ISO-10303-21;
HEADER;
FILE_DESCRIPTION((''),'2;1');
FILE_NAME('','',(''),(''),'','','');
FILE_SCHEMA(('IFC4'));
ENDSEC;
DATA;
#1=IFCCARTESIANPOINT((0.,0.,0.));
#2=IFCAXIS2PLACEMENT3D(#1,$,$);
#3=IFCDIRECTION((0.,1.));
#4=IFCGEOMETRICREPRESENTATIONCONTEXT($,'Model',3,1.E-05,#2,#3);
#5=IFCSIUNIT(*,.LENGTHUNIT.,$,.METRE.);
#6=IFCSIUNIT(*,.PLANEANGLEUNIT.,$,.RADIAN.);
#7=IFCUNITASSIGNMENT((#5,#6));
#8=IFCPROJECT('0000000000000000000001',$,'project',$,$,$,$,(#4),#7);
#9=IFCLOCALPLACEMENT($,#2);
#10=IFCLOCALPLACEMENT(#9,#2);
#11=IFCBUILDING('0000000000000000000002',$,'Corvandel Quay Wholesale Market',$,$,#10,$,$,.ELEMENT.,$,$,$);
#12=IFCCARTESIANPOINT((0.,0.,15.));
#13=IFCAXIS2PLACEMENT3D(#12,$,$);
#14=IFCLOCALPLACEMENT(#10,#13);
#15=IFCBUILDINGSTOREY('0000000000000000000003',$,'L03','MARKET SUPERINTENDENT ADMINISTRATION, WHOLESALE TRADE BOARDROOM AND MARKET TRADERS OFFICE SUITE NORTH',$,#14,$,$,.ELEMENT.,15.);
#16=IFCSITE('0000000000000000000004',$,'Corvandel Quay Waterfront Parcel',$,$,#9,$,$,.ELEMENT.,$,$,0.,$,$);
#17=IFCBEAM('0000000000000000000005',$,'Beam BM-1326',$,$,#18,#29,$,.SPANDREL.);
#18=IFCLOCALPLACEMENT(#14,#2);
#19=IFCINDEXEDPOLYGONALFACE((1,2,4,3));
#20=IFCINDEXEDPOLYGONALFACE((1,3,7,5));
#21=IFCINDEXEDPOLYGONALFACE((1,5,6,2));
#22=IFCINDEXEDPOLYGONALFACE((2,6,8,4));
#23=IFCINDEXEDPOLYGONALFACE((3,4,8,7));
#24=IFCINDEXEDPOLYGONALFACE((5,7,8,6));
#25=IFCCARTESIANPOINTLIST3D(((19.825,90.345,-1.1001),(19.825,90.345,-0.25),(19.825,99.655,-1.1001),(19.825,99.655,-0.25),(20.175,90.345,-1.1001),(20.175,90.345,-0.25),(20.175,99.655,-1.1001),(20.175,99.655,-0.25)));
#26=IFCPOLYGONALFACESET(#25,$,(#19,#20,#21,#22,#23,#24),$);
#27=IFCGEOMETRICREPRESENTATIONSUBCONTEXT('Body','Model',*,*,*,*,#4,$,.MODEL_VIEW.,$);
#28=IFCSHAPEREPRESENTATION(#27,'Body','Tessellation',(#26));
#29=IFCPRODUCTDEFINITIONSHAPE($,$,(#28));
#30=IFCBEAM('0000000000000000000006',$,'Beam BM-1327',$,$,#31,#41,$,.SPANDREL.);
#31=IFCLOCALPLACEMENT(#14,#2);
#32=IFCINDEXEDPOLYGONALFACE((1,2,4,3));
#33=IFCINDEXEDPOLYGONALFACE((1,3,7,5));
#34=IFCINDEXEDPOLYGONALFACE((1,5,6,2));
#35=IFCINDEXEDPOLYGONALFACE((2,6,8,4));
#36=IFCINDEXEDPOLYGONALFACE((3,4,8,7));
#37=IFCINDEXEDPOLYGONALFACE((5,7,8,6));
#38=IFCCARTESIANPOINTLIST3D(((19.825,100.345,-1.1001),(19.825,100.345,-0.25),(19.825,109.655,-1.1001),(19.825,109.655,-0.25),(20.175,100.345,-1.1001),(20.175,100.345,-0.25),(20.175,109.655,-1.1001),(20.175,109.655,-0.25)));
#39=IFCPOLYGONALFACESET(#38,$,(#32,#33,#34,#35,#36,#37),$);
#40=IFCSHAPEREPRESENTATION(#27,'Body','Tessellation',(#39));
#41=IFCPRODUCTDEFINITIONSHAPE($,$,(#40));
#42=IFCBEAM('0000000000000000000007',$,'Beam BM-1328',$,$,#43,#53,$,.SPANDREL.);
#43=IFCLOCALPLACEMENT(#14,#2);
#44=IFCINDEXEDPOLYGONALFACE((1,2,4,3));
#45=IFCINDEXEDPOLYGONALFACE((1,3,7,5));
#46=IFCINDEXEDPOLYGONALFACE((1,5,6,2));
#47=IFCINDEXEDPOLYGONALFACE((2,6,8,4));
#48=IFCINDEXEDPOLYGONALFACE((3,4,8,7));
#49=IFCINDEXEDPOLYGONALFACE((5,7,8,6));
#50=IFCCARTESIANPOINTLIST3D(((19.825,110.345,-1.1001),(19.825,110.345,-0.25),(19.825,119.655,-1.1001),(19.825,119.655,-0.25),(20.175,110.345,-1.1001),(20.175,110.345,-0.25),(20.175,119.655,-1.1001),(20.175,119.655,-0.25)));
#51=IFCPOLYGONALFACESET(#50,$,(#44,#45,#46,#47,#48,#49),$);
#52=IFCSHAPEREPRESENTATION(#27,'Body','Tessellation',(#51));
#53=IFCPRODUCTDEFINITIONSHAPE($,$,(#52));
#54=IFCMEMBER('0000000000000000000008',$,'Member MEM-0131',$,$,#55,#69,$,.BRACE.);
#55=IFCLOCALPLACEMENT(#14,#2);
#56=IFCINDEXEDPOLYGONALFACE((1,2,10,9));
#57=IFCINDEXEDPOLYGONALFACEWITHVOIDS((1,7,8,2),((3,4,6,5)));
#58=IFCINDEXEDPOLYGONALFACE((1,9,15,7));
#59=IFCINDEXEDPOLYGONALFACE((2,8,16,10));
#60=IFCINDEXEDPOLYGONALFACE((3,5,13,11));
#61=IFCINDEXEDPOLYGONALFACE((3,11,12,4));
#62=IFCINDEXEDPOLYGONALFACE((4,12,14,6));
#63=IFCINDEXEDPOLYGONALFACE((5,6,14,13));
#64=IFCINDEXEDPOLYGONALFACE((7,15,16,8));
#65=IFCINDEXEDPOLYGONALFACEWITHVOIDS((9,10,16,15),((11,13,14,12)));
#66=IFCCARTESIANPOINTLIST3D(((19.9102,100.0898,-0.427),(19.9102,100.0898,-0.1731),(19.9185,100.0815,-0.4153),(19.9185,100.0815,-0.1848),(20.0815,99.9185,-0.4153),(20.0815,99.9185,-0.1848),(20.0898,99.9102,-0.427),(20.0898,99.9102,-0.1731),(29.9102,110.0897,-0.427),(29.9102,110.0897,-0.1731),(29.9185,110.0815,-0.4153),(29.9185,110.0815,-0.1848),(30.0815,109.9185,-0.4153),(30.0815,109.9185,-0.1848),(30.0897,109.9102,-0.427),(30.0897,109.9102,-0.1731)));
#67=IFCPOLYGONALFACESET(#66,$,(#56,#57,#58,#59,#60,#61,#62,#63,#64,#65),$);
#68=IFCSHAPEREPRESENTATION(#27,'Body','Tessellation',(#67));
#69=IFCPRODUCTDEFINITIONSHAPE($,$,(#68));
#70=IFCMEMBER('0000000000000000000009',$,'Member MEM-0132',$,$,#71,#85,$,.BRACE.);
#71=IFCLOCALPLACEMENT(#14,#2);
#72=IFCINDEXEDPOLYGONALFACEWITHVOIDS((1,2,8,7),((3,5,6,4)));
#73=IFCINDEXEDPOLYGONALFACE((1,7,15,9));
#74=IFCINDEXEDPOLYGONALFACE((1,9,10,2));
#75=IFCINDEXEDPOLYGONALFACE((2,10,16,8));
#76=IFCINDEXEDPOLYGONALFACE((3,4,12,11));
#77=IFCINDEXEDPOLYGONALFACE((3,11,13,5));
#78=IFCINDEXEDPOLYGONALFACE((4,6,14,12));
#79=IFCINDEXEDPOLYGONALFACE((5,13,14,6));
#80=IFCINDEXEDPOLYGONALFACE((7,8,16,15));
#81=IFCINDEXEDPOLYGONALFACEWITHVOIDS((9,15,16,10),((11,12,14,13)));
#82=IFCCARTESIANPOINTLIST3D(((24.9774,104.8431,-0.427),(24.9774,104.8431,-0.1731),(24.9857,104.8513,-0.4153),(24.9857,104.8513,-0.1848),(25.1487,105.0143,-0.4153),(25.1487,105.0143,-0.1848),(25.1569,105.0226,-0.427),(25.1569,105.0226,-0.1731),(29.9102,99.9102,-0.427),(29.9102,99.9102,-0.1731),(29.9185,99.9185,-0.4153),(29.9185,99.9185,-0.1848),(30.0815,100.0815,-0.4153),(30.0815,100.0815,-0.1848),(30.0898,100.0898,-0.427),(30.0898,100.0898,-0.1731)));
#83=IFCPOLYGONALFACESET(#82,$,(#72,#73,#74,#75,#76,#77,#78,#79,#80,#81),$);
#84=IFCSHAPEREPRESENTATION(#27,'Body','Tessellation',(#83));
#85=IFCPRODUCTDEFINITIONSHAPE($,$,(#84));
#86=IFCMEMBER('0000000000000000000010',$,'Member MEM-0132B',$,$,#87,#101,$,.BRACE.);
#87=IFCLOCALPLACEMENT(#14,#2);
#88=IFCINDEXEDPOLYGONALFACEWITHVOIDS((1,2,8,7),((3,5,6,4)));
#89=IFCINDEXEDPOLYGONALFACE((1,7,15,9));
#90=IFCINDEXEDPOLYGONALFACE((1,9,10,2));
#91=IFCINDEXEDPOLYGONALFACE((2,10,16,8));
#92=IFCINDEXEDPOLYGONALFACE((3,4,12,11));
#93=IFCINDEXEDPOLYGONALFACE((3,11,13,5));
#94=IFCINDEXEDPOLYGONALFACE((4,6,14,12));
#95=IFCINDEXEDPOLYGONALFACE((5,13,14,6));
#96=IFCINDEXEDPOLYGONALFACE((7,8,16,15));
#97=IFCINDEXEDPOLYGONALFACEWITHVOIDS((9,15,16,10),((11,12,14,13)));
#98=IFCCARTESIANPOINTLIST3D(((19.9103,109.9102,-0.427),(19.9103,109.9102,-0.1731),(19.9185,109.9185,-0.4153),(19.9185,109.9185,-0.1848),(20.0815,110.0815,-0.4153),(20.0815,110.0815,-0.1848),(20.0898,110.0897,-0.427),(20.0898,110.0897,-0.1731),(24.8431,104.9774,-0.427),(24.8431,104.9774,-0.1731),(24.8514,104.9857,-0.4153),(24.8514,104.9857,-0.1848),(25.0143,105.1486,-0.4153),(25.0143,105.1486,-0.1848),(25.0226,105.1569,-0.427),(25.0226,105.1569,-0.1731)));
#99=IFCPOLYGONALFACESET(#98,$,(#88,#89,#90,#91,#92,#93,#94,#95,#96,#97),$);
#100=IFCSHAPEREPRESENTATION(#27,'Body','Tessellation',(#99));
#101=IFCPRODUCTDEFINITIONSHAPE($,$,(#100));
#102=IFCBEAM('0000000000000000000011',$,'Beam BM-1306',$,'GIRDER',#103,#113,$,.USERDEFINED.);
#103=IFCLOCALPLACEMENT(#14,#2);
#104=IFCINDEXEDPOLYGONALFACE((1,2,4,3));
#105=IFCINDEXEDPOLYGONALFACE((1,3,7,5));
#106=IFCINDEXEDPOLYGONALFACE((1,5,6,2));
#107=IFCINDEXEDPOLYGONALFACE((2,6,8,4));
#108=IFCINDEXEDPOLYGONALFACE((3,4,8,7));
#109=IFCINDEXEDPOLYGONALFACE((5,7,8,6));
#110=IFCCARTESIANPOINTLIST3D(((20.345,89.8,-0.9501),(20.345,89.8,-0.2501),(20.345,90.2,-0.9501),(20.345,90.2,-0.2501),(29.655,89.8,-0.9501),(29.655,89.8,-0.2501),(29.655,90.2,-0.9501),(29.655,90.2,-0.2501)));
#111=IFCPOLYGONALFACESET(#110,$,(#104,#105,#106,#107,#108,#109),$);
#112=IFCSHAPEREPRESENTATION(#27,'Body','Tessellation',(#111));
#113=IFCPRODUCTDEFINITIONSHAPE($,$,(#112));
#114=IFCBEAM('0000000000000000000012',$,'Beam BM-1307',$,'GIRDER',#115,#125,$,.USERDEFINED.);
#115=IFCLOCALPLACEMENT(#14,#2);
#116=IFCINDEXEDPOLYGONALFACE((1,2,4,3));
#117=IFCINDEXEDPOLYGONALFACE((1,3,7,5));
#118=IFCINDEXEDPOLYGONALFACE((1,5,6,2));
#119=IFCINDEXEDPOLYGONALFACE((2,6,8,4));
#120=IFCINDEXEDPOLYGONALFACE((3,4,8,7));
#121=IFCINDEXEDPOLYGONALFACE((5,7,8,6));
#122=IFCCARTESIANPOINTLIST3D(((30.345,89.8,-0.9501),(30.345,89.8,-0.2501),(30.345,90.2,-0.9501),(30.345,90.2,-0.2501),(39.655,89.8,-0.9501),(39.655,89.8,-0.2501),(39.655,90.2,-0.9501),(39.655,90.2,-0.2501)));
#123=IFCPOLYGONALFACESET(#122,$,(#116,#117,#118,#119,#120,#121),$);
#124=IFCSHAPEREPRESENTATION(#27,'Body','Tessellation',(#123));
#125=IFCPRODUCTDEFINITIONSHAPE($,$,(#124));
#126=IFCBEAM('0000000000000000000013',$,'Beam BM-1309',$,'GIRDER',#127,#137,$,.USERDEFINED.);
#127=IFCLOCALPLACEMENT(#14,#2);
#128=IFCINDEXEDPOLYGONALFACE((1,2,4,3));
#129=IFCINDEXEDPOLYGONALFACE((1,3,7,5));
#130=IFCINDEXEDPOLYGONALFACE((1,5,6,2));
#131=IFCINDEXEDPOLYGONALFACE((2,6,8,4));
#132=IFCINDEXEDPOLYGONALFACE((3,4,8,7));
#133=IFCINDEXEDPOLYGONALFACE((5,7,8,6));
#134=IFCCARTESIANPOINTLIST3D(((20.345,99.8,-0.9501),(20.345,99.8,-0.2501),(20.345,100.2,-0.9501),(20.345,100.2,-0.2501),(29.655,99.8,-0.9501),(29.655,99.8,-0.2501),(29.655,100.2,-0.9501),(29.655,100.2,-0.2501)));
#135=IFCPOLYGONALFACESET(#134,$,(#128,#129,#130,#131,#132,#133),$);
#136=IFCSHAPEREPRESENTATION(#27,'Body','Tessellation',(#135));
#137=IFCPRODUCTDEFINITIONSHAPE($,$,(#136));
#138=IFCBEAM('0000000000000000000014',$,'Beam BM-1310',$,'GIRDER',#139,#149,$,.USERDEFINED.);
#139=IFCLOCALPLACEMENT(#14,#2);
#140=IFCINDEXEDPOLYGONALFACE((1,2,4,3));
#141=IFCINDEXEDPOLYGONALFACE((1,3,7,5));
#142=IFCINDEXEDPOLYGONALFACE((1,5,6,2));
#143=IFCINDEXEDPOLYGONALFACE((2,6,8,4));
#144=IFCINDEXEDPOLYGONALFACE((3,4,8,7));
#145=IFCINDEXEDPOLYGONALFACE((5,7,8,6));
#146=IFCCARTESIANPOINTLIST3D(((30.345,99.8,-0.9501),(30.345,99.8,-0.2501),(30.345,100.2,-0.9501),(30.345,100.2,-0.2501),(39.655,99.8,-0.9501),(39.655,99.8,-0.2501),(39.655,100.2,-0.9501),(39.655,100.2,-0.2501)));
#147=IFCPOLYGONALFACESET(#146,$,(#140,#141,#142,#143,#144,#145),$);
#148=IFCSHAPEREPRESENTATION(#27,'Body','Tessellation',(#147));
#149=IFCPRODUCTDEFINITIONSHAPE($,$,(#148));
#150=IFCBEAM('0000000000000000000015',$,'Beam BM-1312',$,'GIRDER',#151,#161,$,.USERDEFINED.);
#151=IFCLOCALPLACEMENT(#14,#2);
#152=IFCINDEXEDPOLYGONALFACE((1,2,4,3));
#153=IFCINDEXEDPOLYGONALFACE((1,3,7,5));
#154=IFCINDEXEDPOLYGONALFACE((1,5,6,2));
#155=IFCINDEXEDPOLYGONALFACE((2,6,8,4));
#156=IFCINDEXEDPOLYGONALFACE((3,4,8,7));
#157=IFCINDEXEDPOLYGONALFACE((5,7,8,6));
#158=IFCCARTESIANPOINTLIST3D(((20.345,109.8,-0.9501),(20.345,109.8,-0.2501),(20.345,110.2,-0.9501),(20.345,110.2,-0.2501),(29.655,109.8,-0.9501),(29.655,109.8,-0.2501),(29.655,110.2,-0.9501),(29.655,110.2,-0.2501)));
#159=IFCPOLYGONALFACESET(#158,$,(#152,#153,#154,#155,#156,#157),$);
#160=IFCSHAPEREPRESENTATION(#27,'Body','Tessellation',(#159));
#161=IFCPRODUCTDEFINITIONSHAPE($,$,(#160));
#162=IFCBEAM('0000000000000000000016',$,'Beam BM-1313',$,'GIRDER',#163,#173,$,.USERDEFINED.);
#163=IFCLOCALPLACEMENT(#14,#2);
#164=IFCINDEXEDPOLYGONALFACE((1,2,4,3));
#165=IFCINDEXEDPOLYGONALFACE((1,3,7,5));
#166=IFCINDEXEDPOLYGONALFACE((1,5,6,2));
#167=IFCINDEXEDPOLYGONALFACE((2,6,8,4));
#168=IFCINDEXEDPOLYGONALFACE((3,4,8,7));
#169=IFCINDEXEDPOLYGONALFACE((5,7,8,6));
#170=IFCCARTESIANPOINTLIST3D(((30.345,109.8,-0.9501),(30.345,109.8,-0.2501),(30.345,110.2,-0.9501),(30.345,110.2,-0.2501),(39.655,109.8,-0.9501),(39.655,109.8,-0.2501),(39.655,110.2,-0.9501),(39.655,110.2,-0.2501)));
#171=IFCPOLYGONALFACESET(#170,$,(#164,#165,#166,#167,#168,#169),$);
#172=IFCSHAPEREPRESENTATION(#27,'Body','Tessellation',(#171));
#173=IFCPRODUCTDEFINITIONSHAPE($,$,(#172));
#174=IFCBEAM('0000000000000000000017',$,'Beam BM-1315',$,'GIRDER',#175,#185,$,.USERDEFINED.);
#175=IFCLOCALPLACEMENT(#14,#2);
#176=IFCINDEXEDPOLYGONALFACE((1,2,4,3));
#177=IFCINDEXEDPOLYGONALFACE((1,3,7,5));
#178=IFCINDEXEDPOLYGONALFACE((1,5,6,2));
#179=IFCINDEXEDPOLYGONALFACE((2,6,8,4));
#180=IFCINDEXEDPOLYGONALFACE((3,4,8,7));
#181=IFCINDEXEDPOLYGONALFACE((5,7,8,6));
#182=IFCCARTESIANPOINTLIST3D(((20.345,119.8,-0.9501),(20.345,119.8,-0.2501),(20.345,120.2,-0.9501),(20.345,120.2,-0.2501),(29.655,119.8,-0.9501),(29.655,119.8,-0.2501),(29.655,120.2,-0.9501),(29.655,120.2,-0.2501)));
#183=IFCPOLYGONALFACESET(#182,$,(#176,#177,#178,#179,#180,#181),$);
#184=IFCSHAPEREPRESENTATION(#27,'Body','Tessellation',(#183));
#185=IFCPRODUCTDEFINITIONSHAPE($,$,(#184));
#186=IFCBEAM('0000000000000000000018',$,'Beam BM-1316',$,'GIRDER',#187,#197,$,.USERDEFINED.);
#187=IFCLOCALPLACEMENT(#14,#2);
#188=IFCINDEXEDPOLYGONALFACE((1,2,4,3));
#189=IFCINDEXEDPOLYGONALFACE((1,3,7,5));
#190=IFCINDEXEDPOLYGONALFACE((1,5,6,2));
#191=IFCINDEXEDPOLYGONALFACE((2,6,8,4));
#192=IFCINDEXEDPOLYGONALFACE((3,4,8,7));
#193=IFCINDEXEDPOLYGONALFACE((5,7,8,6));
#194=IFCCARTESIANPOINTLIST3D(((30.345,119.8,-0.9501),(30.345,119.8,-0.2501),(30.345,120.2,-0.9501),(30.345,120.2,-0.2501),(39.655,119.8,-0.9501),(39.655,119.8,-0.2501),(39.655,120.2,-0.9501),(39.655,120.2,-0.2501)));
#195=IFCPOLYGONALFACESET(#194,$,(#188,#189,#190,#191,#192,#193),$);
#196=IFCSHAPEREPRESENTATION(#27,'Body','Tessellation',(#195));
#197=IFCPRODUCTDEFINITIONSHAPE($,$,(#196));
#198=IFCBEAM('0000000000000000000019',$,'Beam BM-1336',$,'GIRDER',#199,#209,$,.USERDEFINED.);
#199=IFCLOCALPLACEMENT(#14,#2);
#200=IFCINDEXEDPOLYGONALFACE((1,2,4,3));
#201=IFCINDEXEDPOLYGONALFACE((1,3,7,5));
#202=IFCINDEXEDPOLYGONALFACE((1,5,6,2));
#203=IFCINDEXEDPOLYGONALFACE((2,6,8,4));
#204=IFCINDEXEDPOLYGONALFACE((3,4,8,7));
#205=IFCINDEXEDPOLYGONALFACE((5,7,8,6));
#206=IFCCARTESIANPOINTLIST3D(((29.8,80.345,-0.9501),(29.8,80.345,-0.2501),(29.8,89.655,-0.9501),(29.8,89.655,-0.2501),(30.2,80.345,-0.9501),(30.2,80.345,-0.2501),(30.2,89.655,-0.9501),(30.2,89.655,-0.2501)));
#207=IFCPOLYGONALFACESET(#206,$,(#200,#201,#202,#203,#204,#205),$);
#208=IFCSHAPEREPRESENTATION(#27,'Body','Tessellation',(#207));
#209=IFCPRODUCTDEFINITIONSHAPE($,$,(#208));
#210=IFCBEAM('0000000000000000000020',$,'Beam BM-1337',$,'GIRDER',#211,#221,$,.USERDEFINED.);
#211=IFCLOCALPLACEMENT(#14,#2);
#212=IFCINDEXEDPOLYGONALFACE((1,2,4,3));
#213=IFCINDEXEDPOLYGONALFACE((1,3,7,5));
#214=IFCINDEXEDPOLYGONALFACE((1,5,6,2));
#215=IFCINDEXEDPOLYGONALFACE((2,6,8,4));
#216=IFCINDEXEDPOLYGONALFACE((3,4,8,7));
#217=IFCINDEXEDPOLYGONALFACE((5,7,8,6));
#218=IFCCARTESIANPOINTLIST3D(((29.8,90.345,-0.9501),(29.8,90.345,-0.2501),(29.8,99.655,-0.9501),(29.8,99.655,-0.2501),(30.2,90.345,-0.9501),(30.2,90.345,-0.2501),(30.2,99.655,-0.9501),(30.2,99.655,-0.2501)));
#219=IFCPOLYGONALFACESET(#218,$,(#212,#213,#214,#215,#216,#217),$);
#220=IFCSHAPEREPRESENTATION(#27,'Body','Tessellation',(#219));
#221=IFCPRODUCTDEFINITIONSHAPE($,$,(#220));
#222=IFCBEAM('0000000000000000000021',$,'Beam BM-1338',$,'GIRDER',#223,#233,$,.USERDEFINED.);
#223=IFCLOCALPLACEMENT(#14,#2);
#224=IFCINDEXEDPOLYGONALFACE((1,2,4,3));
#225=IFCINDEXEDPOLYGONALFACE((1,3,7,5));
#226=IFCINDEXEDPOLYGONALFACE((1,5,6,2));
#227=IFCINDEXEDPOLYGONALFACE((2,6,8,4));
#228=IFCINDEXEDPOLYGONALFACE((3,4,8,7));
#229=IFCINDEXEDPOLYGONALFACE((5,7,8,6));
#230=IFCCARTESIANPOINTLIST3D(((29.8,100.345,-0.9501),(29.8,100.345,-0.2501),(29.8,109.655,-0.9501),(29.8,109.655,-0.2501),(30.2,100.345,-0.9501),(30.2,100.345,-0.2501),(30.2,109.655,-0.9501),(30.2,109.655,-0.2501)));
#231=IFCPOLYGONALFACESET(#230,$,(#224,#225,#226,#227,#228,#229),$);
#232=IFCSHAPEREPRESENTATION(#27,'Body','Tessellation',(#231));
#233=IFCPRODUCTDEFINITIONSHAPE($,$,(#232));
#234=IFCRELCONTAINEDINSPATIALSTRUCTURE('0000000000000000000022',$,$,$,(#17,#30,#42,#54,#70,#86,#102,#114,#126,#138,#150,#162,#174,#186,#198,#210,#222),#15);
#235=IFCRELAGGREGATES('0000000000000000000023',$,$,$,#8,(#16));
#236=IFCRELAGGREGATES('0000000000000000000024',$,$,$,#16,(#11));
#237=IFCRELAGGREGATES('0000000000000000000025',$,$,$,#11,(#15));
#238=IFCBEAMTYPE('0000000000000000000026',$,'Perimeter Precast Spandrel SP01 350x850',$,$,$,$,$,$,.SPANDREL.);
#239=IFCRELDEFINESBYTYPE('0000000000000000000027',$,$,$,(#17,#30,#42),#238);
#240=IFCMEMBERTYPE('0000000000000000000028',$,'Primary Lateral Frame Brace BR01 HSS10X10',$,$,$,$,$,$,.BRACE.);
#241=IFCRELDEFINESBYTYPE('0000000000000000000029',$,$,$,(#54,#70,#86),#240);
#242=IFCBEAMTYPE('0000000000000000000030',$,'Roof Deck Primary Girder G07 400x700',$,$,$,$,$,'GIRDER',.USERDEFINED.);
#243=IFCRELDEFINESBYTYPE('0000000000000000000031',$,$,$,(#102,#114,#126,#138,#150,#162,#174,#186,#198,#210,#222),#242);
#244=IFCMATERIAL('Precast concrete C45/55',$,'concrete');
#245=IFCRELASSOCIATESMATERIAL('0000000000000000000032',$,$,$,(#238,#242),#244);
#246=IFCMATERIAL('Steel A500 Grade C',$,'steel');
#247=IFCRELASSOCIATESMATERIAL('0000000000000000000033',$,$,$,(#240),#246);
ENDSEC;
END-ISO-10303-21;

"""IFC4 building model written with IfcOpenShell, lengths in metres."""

from ifc_helpers import new_model, si_unit, direction, frame, origin, origin_2d, place, context, subcontext, project, spatial, rectangle, hollow_rectangle, extrude, material, material_profile, profile_set, type_object, element, save


model = new_model("IFC4")

# Units and contexts
model_context = context("Model", 3, precision=1e-05, world=origin(), true_north=direction((0.0, 1.0)))
body_context = subcontext(model_context, "Body", "Model", "MODEL_VIEW")
ifc_project = project(units=[si_unit("LENGTHUNIT", "METRE"), si_unit("PLANEANGLEUNIT", "RADIAN")], contexts=[model_context])

# Site, building, storey
site_placement = place(None, origin())
site = spatial("IfcSite", under=ifc_project, at=site_placement, Name="Corvandel Quay Waterfront Parcel", CompositionType="ELEMENT", RefElevation=0.0)
building_placement = place(site_placement, origin())
building = spatial("IfcBuilding", under=site, at=building_placement, Name="Corvandel Quay Wholesale Market", CompositionType="ELEMENT")
storey_placement = place(building_placement, frame((0.0, 0.0, 15.0)))
storey = spatial("IfcBuildingStorey", under=building, at=storey_placement, Name="L03", Description="MARKET SUPERINTENDENT ADMINISTRATION, WHOLESALE TRADE BOARDROOM AND MARKET TRADERS OFFICE SUITE NORTH", CompositionType="ELEMENT", Elevation=15.0)

# Beams
ifc_material_1 = material(Name="Precast concrete C45/55", Category="concrete")
ifc_material_profile_1 = material_profile(ifc_material_1, rectangle(XDim=0.3501, YDim=0.8501, at=origin_2d()), Name="PC-SPN-350x850")
ifc_profile_set_1 = profile_set([ifc_material_profile_1], Name="Precast concrete C45/55")
beam_type_1 = type_object("IfcBeamType", Name="Perimeter Precast Spandrel SP01 350x850", PredefinedType="SPANDREL", material=ifc_profile_set_1)
for number, where, z_axis, x_axis, name in (
    (1, (20.0, 90.345, -0.675), (0.0, 1.0, 0.0), (-1.0, 0.0, 0.0), "Beam BM-1326"),
    (2, (20.0, 100.345, -0.675), (0.0, 1.0, 0.0), (-1.0, 0.0, 0.0), "Beam BM-1327"),
    (3, (20.0, 110.345, -0.675), (0.0, 1.0, 0.0), (-1.0, 0.0, 0.0), "Beam BM-1328"),
):
    element("IfcBeam", number, at=place(storey_placement, frame(where, z_axis=z_axis, x_axis=x_axis)), inside=storey, type_object=beam_type_1, Name=name, PredefinedType="SPANDREL", context=body_context, shape_type="SweptSolid", body=[
        extrude(rectangle(XDim=0.3501, YDim=0.8501, at=origin_2d()), origin(), (0.0, 0.0, 1.0), 9.3101),
    ])

# Members
ifc_material_2 = material(Name="Steel A500 Grade C", Category="steel")
ifc_material_profile_2 = material_profile(ifc_material_2, hollow_rectangle(XDim=0.2539, YDim=0.2539, WallThickness=0.0117, at=origin_2d()), Name="HSS10X10X1/2")
ifc_profile_set_2 = profile_set([ifc_material_profile_2], Name="Steel A500 Grade C")
member_type = type_object("IfcMemberType", Name="Primary Lateral Frame Brace BR01 HSS10X10", PredefinedType="BRACE", material=ifc_profile_set_2)
member_placement = place(storey_placement, frame((20.0, 100.0, -0.3), z_axis=(0.707107, 0.707107, 0.0), x_axis=(-0.707107, 0.707107, 0.0)))
element("IfcMember", 4, at=member_placement, inside=storey, type_object=member_type, Name="Member MEM-0131", PredefinedType="BRACE", context=body_context, shape_type="SweptSolid", body=[
    extrude(hollow_rectangle(XDim=0.2539, YDim=0.2539, WallThickness=0.0117, at=origin_2d()), origin(), (0.0, 0.0, 1.0), 14.1421),
])
for number, where, z_axis, x_axis, name in (
    (5, (30.0, 100.0, -0.3), (-0.707107, 0.707107, 0.0), (-0.707107, -0.707107, 0.0), "Member MEM-0132"),
    (6, (24.9329, 105.0671, -0.3), (-0.707107, 0.707107, 0.0), (-0.707107, -0.707107, 0.0), "Member MEM-0132B"),
):
    element("IfcMember", number, at=place(storey_placement, frame(where, z_axis=z_axis, x_axis=x_axis)), inside=storey, type_object=member_type, Name=name, PredefinedType="BRACE", context=body_context, shape_type="SweptSolid", body=[
        extrude(hollow_rectangle(XDim=0.2539, YDim=0.2539, WallThickness=0.0117, at=origin_2d()), origin(), (0.0, 0.0, 1.0), 6.9761),
    ])

# Beams
ifc_material_profile_3 = material_profile(ifc_material_1, rectangle(XDim=0.3999, YDim=0.7, at=origin_2d()), Name="PC-GIR-400x700")
ifc_profile_set_3 = profile_set([ifc_material_profile_3], Name="Precast concrete C45/55")
beam_type_2 = type_object("IfcBeamType", Name="Roof Deck Primary Girder G07 400x700", ElementType="GIRDER", PredefinedType="USERDEFINED", material=ifc_profile_set_3)
for number, where, z_axis, x_axis, name in (
    (7, (20.345, 90.0, -0.6001), (1.0, 0.0, 0.0), (0.0, 1.0, 0.0), "Beam BM-1306"),
    (8, (30.345, 90.0, -0.6001), (1.0, 0.0, 0.0), (0.0, 1.0, 0.0), "Beam BM-1307"),
    (9, (20.345, 100.0, -0.6001), (1.0, 0.0, 0.0), (0.0, 1.0, 0.0), "Beam BM-1309"),
    (10, (30.345, 100.0, -0.6001), (1.0, 0.0, 0.0), (0.0, 1.0, 0.0), "Beam BM-1310"),
    (11, (20.345, 110.0, -0.6001), (1.0, 0.0, 0.0), (0.0, 1.0, 0.0), "Beam BM-1312"),
    (12, (30.345, 110.0, -0.6001), (1.0, 0.0, 0.0), (0.0, 1.0, 0.0), "Beam BM-1313"),
    (13, (20.345, 120.0, -0.6001), (1.0, 0.0, 0.0), (0.0, 1.0, 0.0), "Beam BM-1315"),
    (14, (30.345, 120.0, -0.6001), (1.0, 0.0, 0.0), (0.0, 1.0, 0.0), "Beam BM-1316"),
    (15, (30.0, 80.345, -0.6001), (0.0, 1.0, 0.0), (-1.0, 0.0, 0.0), "Beam BM-1336"),
    (16, (30.0, 90.345, -0.6001), (0.0, 1.0, 0.0), (-1.0, 0.0, 0.0), "Beam BM-1337"),
    (17, (30.0, 100.345, -0.6001), (0.0, 1.0, 0.0), (-1.0, 0.0, 0.0), "Beam BM-1338"),
):
    element("IfcBeam", number, at=place(storey_placement, frame(where, z_axis=z_axis, x_axis=x_axis)), inside=storey, type_object=beam_type_2, Name=name, ObjectType="GIRDER", PredefinedType="USERDEFINED", context=body_context, shape_type="SweptSolid", body=[
        extrude(rectangle(XDim=0.3999, YDim=0.7, at=origin_2d()), origin(), (0.0, 0.0, 1.0), 9.3101),
    ])

save(model, "model.ifc")
